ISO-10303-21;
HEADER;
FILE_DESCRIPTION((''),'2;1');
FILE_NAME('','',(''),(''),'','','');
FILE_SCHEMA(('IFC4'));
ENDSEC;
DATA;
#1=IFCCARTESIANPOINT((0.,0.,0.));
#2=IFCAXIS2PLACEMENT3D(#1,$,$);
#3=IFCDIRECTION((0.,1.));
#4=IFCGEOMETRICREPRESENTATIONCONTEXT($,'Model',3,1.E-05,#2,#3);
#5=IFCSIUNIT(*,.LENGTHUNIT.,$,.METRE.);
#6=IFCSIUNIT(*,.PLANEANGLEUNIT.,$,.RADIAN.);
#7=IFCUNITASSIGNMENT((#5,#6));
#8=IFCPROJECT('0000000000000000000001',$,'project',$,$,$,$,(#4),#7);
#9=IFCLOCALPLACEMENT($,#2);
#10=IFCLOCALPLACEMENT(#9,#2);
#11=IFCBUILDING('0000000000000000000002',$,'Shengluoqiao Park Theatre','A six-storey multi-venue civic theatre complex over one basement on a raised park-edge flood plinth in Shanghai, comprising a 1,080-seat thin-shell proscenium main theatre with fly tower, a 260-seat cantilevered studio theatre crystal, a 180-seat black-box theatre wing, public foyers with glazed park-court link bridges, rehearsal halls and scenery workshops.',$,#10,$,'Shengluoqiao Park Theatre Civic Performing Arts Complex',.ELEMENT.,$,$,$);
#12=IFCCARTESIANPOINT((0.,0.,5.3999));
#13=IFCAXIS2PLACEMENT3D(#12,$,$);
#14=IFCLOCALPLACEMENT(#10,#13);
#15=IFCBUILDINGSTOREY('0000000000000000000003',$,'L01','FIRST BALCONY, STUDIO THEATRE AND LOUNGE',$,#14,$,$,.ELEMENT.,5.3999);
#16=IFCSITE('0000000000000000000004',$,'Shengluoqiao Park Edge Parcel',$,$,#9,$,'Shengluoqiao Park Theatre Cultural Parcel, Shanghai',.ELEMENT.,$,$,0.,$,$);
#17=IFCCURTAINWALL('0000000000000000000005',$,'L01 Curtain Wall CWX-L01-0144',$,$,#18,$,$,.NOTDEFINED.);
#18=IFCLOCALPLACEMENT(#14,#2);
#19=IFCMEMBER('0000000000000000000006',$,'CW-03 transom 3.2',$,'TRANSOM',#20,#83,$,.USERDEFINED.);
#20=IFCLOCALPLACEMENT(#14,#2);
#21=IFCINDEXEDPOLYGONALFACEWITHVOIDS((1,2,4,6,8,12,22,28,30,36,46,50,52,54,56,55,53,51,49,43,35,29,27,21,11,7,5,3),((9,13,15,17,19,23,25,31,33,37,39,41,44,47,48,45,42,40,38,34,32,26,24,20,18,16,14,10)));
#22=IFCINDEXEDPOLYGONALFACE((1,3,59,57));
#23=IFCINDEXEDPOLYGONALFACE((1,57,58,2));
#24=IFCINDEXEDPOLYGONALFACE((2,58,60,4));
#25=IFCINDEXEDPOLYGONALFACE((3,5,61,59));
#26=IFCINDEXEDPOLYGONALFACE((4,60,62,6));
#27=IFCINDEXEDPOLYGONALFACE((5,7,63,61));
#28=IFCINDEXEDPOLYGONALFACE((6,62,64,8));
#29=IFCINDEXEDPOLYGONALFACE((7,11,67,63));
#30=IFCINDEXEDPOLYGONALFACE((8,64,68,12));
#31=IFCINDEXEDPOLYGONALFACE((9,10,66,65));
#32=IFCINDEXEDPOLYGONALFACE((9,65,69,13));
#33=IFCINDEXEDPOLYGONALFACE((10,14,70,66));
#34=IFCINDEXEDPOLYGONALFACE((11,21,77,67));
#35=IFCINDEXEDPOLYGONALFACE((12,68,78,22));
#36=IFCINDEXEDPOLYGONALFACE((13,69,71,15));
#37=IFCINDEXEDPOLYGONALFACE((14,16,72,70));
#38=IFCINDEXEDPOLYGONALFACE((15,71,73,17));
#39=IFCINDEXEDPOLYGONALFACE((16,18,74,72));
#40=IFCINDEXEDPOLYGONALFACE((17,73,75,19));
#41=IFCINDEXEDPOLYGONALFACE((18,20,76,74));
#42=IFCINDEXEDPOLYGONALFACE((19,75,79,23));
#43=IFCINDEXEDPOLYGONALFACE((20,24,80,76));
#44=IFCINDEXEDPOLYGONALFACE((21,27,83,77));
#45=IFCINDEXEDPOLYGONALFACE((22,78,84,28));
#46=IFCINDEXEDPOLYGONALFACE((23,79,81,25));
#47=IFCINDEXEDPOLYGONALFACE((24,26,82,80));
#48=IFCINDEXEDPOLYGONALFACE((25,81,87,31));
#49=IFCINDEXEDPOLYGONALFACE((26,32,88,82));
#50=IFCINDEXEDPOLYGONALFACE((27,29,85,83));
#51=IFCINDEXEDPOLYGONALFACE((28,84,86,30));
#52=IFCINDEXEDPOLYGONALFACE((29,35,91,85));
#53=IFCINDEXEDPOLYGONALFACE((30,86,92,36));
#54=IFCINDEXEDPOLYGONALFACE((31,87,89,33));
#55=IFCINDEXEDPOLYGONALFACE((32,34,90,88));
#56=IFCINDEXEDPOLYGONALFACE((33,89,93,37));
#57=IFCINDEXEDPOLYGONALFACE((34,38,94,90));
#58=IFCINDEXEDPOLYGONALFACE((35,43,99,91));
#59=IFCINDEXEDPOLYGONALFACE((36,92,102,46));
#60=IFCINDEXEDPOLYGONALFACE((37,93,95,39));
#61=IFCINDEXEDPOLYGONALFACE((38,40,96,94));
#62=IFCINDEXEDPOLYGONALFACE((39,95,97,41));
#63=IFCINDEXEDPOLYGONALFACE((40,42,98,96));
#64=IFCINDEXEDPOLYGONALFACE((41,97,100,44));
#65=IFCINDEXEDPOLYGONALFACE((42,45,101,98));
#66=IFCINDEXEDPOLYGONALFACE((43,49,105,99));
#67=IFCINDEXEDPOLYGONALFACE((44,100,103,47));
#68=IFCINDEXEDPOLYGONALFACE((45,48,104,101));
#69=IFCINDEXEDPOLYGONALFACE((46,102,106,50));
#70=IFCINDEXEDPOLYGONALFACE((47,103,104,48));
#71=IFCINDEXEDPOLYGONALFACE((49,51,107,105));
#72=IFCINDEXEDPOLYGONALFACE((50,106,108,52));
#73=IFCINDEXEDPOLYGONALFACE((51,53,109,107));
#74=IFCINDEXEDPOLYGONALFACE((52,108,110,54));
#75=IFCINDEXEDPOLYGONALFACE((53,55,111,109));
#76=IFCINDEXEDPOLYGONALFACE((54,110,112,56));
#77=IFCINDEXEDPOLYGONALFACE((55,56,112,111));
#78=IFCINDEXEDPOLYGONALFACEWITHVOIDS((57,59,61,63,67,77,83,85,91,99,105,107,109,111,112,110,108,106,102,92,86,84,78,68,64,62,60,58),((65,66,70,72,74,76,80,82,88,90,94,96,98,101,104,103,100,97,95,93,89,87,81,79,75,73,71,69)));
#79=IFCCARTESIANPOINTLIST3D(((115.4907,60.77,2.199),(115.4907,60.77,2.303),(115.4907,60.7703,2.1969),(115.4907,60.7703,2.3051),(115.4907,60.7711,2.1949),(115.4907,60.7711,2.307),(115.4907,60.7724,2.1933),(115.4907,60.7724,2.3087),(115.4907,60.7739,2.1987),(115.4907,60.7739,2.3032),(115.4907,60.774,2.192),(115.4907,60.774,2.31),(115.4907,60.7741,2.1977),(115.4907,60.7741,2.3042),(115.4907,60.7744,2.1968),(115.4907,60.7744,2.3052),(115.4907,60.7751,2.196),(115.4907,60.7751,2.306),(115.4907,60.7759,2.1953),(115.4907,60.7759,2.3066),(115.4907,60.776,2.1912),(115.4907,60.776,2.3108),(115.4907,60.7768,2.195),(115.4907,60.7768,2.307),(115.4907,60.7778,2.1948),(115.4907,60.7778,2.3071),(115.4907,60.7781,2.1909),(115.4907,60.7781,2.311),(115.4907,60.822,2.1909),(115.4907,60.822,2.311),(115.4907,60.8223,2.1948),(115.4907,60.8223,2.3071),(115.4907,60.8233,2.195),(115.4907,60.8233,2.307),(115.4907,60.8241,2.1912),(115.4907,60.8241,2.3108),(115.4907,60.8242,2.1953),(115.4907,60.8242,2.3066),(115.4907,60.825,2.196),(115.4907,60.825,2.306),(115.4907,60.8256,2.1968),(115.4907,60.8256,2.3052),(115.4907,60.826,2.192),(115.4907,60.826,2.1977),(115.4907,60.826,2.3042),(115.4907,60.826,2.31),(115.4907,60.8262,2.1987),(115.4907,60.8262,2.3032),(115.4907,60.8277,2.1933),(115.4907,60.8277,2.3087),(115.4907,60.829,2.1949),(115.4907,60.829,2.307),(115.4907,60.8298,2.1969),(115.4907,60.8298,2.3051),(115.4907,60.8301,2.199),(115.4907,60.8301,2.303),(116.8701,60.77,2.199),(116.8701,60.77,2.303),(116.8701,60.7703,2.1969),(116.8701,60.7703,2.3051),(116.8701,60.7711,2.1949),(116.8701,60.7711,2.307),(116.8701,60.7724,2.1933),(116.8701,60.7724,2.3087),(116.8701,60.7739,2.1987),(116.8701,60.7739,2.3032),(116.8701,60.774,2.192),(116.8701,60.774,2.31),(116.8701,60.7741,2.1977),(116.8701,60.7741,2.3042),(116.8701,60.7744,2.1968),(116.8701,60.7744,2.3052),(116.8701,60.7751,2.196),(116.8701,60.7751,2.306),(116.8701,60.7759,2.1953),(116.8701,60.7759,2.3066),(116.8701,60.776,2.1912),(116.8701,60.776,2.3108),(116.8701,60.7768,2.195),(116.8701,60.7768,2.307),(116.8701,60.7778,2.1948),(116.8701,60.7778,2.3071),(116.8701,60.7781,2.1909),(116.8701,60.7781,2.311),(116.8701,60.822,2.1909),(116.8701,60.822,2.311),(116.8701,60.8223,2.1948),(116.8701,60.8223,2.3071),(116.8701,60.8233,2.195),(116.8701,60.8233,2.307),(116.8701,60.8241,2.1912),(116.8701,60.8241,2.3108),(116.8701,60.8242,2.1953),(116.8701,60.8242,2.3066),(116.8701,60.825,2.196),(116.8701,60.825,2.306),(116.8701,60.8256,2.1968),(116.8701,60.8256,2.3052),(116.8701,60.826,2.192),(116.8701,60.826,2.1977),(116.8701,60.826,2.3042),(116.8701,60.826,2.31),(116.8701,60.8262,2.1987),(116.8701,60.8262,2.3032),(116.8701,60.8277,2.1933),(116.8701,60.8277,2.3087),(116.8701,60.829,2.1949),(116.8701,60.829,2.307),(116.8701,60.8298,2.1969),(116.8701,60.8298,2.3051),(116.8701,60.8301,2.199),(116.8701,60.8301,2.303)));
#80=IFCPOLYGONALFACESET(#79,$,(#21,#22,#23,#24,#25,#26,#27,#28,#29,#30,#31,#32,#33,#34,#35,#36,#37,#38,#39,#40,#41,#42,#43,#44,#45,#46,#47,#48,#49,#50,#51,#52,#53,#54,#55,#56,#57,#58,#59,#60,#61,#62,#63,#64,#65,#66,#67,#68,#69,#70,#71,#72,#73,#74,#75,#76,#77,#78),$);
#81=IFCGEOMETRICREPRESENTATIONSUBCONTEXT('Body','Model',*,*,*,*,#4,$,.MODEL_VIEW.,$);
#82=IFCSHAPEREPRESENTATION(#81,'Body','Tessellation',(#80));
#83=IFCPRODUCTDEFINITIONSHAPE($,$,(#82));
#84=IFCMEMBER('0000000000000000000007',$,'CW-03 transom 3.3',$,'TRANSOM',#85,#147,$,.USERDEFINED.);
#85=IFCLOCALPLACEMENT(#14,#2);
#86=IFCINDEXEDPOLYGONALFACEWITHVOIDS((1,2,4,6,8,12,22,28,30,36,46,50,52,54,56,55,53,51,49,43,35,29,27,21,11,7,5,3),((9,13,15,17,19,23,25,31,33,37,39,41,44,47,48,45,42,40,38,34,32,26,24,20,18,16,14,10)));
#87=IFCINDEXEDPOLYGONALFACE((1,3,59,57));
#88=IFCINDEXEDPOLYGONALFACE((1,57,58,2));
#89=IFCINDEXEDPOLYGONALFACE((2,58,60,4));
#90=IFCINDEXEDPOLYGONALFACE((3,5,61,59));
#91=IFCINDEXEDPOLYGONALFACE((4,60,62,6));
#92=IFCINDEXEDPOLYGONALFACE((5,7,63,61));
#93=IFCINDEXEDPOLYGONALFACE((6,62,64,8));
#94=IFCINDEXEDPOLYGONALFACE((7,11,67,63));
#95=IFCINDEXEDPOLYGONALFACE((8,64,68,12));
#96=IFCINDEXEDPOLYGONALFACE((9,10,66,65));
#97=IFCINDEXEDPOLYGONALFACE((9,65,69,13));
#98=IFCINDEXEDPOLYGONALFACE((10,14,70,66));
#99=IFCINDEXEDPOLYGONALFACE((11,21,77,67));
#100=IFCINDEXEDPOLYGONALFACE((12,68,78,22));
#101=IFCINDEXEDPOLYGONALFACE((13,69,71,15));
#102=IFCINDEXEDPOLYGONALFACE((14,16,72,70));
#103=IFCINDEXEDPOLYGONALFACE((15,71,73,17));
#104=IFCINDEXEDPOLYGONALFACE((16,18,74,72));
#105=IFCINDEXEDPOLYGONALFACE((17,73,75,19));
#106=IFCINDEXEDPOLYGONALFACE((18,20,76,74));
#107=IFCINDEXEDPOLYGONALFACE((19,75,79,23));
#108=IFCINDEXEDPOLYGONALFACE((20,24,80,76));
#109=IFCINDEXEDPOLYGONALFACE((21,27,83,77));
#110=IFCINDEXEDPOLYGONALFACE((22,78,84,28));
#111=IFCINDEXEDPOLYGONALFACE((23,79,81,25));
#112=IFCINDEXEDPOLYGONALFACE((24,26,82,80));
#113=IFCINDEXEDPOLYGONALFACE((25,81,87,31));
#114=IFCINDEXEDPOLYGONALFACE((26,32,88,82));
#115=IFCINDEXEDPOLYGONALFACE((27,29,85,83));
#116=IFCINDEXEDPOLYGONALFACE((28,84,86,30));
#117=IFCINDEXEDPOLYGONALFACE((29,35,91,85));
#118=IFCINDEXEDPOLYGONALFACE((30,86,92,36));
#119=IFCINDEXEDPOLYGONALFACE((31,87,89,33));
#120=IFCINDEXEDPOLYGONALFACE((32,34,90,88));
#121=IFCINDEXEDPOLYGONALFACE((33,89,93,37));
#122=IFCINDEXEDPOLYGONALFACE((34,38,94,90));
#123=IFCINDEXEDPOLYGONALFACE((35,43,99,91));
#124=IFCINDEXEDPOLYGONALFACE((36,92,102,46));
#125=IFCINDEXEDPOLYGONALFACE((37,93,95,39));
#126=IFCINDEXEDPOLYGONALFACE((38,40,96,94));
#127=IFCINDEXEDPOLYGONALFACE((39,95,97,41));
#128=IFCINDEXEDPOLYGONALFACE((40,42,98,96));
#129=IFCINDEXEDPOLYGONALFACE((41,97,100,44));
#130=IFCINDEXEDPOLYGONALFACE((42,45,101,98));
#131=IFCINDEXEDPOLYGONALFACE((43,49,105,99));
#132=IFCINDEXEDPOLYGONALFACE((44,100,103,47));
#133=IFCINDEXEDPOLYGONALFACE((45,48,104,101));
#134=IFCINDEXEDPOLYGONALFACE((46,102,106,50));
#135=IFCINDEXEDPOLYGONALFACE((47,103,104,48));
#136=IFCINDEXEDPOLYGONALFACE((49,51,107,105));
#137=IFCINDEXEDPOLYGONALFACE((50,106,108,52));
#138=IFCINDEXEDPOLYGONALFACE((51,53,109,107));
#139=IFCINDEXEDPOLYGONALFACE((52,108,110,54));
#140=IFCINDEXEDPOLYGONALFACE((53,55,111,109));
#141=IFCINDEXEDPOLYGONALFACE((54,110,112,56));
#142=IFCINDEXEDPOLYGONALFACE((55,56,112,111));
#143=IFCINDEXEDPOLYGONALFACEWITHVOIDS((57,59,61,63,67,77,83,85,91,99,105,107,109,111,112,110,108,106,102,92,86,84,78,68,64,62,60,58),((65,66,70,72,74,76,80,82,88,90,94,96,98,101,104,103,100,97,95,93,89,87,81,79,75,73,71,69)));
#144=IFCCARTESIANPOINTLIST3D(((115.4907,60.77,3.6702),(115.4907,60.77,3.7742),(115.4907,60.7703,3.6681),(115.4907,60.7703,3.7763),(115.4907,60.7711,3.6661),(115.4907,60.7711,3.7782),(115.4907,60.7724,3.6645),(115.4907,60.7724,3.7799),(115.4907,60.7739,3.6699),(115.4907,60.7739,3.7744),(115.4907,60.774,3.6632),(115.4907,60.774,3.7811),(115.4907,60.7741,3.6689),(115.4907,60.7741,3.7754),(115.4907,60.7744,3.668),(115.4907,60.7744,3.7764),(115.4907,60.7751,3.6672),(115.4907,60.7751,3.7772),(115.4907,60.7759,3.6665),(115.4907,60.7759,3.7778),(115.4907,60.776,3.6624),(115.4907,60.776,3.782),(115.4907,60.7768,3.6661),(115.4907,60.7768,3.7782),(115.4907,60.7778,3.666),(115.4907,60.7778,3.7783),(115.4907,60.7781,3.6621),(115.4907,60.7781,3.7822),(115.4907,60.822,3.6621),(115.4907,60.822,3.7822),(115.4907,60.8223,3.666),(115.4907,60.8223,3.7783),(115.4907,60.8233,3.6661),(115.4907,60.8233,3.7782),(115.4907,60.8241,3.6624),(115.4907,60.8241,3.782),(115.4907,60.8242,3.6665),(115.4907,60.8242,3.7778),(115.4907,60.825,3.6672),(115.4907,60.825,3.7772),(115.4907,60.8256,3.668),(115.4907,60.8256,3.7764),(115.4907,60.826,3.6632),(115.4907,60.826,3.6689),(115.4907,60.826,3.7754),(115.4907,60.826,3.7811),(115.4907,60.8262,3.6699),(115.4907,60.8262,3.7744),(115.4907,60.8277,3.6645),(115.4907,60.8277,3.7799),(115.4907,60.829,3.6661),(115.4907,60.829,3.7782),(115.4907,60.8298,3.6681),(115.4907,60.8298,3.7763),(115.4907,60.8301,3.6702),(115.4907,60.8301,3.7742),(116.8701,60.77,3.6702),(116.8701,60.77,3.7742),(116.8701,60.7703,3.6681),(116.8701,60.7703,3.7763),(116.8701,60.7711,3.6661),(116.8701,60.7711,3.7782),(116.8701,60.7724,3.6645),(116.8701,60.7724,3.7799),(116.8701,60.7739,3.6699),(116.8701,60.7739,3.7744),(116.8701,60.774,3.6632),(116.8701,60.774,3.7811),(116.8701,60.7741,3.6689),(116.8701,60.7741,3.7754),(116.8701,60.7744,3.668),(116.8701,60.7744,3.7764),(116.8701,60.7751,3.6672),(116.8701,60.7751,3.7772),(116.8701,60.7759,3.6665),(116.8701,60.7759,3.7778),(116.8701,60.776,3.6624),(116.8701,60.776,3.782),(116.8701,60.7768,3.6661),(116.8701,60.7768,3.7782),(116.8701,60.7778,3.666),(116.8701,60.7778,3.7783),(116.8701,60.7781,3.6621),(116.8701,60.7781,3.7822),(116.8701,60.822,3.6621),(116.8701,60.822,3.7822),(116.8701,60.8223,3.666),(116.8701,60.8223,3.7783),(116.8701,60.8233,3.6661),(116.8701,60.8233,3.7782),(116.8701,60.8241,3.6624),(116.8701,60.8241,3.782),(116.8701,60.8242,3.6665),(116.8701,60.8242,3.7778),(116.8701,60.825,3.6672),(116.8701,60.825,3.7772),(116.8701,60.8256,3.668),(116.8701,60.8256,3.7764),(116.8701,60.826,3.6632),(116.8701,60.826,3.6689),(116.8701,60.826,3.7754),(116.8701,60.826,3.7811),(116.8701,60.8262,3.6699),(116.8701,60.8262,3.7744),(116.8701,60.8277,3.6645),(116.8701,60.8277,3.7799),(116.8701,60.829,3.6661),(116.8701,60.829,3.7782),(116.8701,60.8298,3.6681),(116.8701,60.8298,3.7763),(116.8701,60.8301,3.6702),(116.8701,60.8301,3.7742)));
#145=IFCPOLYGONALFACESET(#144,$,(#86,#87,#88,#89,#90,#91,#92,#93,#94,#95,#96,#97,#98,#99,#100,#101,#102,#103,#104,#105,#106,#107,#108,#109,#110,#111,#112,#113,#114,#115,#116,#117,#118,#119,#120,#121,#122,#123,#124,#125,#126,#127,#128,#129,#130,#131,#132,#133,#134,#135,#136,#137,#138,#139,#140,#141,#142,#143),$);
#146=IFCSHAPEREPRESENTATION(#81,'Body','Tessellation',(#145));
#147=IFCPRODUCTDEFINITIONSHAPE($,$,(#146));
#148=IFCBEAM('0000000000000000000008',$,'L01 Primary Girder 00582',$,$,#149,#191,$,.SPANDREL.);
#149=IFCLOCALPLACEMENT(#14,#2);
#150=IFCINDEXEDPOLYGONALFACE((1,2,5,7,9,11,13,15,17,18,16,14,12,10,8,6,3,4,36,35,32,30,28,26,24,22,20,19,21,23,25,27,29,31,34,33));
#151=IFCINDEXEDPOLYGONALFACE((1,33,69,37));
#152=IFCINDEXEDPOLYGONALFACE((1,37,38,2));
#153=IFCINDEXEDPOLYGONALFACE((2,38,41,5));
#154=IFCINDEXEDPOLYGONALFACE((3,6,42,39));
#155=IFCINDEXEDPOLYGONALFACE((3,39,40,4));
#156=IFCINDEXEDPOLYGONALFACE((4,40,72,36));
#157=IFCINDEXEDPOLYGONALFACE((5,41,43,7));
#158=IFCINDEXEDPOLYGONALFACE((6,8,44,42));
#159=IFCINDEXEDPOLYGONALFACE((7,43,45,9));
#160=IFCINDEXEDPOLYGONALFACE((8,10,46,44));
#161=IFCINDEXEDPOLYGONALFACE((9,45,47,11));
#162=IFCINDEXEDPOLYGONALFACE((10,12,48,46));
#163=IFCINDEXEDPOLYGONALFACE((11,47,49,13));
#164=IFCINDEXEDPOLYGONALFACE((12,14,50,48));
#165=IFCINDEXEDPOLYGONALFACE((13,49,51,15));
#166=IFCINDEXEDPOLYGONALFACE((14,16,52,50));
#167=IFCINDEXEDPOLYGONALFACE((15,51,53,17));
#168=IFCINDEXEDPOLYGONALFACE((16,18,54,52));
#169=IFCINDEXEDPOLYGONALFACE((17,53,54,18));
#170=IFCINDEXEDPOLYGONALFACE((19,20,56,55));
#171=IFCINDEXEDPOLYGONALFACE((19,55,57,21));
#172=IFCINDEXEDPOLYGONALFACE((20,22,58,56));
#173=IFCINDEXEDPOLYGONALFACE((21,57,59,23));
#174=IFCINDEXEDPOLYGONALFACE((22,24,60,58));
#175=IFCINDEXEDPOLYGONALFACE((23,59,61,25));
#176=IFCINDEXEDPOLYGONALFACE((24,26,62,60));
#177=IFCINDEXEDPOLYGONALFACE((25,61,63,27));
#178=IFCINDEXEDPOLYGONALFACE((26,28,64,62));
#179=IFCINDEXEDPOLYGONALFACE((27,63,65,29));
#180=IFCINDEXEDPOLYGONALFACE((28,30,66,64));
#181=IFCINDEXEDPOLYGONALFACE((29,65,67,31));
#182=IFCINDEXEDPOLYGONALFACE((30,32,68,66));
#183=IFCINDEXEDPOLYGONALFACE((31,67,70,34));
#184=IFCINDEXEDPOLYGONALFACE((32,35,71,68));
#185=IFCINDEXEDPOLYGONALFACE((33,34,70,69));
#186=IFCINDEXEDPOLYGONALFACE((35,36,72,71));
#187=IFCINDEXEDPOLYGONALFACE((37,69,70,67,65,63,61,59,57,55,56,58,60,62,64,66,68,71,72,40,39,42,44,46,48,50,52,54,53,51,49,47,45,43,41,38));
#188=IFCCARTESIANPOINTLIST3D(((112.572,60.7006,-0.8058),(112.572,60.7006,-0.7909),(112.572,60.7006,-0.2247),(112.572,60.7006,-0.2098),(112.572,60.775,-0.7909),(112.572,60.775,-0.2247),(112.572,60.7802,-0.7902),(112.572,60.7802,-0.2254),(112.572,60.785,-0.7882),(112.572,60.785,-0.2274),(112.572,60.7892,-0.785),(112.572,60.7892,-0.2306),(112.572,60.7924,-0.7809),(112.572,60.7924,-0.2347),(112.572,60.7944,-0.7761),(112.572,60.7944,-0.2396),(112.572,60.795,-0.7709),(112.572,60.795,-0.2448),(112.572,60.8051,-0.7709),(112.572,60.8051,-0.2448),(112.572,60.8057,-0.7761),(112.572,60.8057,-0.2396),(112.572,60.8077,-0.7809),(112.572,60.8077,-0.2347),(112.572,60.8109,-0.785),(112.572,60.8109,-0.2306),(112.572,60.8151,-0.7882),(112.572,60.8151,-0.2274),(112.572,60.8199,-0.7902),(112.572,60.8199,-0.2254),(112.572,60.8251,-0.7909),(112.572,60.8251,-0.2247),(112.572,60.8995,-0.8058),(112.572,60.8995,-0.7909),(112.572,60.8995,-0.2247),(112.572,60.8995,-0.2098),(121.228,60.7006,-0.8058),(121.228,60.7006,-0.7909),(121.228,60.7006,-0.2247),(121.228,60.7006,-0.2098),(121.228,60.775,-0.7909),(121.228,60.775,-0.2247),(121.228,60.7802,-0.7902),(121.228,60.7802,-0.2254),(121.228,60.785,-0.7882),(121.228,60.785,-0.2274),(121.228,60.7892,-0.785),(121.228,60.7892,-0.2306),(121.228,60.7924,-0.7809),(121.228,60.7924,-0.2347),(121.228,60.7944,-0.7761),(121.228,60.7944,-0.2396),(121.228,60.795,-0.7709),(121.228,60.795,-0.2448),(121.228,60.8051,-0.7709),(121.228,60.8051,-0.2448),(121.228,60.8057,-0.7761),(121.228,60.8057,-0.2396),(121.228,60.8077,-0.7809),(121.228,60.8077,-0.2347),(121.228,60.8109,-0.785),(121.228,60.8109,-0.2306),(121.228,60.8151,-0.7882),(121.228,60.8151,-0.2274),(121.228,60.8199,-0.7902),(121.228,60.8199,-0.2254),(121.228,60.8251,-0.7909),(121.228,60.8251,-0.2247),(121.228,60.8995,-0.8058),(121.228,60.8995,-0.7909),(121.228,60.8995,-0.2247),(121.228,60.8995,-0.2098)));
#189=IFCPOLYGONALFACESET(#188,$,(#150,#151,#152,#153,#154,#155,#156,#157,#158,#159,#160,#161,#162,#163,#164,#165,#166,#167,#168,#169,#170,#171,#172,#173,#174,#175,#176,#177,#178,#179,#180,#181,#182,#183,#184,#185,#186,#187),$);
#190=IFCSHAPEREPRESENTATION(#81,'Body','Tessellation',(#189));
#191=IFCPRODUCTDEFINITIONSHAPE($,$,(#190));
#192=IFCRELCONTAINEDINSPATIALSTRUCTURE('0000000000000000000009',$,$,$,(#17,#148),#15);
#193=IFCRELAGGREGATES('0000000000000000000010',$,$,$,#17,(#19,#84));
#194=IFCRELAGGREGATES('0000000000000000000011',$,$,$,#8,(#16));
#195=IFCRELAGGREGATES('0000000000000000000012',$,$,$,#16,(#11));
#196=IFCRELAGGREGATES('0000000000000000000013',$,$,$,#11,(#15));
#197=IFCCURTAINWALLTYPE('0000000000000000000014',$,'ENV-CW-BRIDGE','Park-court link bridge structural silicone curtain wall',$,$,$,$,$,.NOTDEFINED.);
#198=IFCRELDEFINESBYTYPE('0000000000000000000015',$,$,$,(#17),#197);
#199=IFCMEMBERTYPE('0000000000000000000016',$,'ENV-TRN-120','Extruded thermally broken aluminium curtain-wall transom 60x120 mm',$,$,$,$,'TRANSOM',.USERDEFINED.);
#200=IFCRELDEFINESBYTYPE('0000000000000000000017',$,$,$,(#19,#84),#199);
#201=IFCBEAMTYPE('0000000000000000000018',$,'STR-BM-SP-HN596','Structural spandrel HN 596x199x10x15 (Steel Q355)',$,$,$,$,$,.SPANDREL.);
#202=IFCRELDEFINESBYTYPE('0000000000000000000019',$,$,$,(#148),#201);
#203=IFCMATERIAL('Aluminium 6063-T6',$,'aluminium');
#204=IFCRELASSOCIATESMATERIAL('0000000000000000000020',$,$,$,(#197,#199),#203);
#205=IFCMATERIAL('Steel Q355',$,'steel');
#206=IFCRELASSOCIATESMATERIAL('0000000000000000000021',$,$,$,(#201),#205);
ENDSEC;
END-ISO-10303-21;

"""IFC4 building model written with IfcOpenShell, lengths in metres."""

from ifc_helpers import new_model, si_unit, direction, frame, origin, origin_2d, place, context, subcontext, project, spatial, hollow_rectangle, i_section, extrude, material, material_profile, profile_set, type_object, element, aggregate, save


model = new_model("IFC4")

# Units and contexts
model_context = context("Model", 3, precision=1e-05, world=origin(), true_north=direction((0.0, 1.0)))
body_context = subcontext(model_context, "Body", "Model", "MODEL_VIEW")
ifc_project = project(units=[si_unit("LENGTHUNIT", "METRE"), si_unit("PLANEANGLEUNIT", "RADIAN")], contexts=[model_context])

# Site, building, storey
site_placement = place(None, origin())
site = spatial("IfcSite", under=ifc_project, at=site_placement, Name="Shengluoqiao Park Edge Parcel", LongName="Shengluoqiao Park Theatre Cultural Parcel, Shanghai", CompositionType="ELEMENT", RefElevation=0.0)
building_placement = place(site_placement, origin())
building = spatial("IfcBuilding", under=site, at=building_placement, Name="Shengluoqiao Park Theatre", Description="A six-storey multi-venue civic theatre complex over one basement on a raised park-edge flood plinth in Shanghai, comprising a 1,080-seat thin-shell proscenium main theatre with fly tower, a 260-seat cantilevered studio theatre crystal, a 180-seat black-box theatre wing, public foyers with glazed park-court link bridges, rehearsal halls and scenery workshops.", LongName="Shengluoqiao Park Theatre Civic Performing Arts Complex", CompositionType="ELEMENT")
storey_placement = place(building_placement, frame((0.0, 0.0, 5.3999)))
storey = spatial("IfcBuildingStorey", under=building, at=storey_placement, Name="L01", Description="FIRST BALCONY, STUDIO THEATRE AND LOUNGE", CompositionType="ELEMENT", Elevation=5.3999)

# Shared definitions
ifc_material_1 = material(Name="Steel Q355", Category="steel")

# Curtain wall
ifc_material_2 = material(Name="Aluminium 6063-T6", Category="aluminium")
curtain_wall_type = type_object("IfcCurtainWallType", Name="ENV-CW-BRIDGE", Description="Park-court link bridge structural silicone curtain wall", PredefinedType="NOTDEFINED", material=ifc_material_2)
curtain_wall_1_placement = place(storey_placement, origin())
curtain_wall_1 = element("IfcCurtainWall", 1, at=curtain_wall_1_placement, inside=storey, type_object=curtain_wall_type, Name="L01 Curtain Wall CWX-L01-0144", PredefinedType="NOTDEFINED")

# Members
ifc_material_profile_1 = material_profile(ifc_material_2, hollow_rectangle(XDim=0.0601, YDim=0.1201, WallThickness=0.0039, InnerFilletRadius=0.0039, OuterFilletRadius=0.0081, at=origin_2d()), Name="ALU TRANSOM 120x60x4")
ifc_profile_set_1 = profile_set([ifc_material_profile_1], Name="Aluminium 6063-T6")
member_type_1 = type_object("IfcMemberType", Name="ENV-TRN-120", Description="Extruded thermally broken aluminium curtain-wall transom 60x120 mm", ElementType="TRANSOM", PredefinedType="USERDEFINED", material=ifc_profile_set_1)
member_1_placement = place(storey_placement, frame((115.4907, 60.8, 2.251), z_axis=(1.0, 0.0, 0.0), x_axis=(0.0, 1.0, 0.0)))
member_1 = element("IfcMember", 2, at=member_1_placement, type_object=member_type_1, Name="CW-03 transom 3.2", ObjectType="TRANSOM", PredefinedType="USERDEFINED", context=body_context, shape_type="SweptSolid", body=[
    extrude(hollow_rectangle(XDim=0.0601, YDim=0.1201, WallThickness=0.0039, InnerFilletRadius=0.0039, OuterFilletRadius=0.0081, at=origin_2d()), origin(), (0.0, 0.0, 1.0), 1.3794),
])
member_2_placement = place(storey_placement, frame((115.4907, 60.8, 3.7222), z_axis=(1.0, 0.0, 0.0), x_axis=(0.0, 1.0, 0.0)))
member_2 = element("IfcMember", 3, at=member_2_placement, type_object=member_type_1, Name="CW-03 transom 3.3", ObjectType="TRANSOM", PredefinedType="USERDEFINED", context=body_context, shape_type="SweptSolid", body=[
    extrude(hollow_rectangle(XDim=0.0601, YDim=0.1201, WallThickness=0.0039, InnerFilletRadius=0.0039, OuterFilletRadius=0.0081, at=origin_2d()), origin(), (0.0, 0.0, 1.0), 1.3794),
])

# Beam
ifc_material_profile_2 = material_profile(ifc_material_1, i_section(OverallWidth=0.199, OverallDepth=0.5959, WebThickness=0.01, FlangeThickness=0.0149, FilletRadius=0.02, at=origin_2d()), Name="HN 596x199x10x15")
ifc_profile_set_2 = profile_set([ifc_material_profile_2], Name="Steel Q355")
beam_type = type_object("IfcBeamType", Name="STR-BM-SP-HN596", Description="Structural spandrel HN 596x199x10x15 (Steel Q355)", PredefinedType="SPANDREL", material=ifc_profile_set_2)
beam_placement = place(storey_placement, frame((112.572, 60.8, -0.5078), z_axis=(1.0, 0.0, 0.0), x_axis=(0.0, 1.0, 0.0)))
element("IfcBeam", 4, at=beam_placement, inside=storey, type_object=beam_type, Name="L01 Primary Girder 00582", PredefinedType="SPANDREL", context=body_context, shape_type="SweptSolid", body=[
    extrude(i_section(OverallWidth=0.199, OverallDepth=0.5959, WebThickness=0.01, FlangeThickness=0.0149, FilletRadius=0.02, at=origin_2d()), origin(), (0.0, 0.0, 1.0), 8.656),
])

aggregate(curtain_wall_1, [member_1, member_2])

save(model, "model.ifc")
